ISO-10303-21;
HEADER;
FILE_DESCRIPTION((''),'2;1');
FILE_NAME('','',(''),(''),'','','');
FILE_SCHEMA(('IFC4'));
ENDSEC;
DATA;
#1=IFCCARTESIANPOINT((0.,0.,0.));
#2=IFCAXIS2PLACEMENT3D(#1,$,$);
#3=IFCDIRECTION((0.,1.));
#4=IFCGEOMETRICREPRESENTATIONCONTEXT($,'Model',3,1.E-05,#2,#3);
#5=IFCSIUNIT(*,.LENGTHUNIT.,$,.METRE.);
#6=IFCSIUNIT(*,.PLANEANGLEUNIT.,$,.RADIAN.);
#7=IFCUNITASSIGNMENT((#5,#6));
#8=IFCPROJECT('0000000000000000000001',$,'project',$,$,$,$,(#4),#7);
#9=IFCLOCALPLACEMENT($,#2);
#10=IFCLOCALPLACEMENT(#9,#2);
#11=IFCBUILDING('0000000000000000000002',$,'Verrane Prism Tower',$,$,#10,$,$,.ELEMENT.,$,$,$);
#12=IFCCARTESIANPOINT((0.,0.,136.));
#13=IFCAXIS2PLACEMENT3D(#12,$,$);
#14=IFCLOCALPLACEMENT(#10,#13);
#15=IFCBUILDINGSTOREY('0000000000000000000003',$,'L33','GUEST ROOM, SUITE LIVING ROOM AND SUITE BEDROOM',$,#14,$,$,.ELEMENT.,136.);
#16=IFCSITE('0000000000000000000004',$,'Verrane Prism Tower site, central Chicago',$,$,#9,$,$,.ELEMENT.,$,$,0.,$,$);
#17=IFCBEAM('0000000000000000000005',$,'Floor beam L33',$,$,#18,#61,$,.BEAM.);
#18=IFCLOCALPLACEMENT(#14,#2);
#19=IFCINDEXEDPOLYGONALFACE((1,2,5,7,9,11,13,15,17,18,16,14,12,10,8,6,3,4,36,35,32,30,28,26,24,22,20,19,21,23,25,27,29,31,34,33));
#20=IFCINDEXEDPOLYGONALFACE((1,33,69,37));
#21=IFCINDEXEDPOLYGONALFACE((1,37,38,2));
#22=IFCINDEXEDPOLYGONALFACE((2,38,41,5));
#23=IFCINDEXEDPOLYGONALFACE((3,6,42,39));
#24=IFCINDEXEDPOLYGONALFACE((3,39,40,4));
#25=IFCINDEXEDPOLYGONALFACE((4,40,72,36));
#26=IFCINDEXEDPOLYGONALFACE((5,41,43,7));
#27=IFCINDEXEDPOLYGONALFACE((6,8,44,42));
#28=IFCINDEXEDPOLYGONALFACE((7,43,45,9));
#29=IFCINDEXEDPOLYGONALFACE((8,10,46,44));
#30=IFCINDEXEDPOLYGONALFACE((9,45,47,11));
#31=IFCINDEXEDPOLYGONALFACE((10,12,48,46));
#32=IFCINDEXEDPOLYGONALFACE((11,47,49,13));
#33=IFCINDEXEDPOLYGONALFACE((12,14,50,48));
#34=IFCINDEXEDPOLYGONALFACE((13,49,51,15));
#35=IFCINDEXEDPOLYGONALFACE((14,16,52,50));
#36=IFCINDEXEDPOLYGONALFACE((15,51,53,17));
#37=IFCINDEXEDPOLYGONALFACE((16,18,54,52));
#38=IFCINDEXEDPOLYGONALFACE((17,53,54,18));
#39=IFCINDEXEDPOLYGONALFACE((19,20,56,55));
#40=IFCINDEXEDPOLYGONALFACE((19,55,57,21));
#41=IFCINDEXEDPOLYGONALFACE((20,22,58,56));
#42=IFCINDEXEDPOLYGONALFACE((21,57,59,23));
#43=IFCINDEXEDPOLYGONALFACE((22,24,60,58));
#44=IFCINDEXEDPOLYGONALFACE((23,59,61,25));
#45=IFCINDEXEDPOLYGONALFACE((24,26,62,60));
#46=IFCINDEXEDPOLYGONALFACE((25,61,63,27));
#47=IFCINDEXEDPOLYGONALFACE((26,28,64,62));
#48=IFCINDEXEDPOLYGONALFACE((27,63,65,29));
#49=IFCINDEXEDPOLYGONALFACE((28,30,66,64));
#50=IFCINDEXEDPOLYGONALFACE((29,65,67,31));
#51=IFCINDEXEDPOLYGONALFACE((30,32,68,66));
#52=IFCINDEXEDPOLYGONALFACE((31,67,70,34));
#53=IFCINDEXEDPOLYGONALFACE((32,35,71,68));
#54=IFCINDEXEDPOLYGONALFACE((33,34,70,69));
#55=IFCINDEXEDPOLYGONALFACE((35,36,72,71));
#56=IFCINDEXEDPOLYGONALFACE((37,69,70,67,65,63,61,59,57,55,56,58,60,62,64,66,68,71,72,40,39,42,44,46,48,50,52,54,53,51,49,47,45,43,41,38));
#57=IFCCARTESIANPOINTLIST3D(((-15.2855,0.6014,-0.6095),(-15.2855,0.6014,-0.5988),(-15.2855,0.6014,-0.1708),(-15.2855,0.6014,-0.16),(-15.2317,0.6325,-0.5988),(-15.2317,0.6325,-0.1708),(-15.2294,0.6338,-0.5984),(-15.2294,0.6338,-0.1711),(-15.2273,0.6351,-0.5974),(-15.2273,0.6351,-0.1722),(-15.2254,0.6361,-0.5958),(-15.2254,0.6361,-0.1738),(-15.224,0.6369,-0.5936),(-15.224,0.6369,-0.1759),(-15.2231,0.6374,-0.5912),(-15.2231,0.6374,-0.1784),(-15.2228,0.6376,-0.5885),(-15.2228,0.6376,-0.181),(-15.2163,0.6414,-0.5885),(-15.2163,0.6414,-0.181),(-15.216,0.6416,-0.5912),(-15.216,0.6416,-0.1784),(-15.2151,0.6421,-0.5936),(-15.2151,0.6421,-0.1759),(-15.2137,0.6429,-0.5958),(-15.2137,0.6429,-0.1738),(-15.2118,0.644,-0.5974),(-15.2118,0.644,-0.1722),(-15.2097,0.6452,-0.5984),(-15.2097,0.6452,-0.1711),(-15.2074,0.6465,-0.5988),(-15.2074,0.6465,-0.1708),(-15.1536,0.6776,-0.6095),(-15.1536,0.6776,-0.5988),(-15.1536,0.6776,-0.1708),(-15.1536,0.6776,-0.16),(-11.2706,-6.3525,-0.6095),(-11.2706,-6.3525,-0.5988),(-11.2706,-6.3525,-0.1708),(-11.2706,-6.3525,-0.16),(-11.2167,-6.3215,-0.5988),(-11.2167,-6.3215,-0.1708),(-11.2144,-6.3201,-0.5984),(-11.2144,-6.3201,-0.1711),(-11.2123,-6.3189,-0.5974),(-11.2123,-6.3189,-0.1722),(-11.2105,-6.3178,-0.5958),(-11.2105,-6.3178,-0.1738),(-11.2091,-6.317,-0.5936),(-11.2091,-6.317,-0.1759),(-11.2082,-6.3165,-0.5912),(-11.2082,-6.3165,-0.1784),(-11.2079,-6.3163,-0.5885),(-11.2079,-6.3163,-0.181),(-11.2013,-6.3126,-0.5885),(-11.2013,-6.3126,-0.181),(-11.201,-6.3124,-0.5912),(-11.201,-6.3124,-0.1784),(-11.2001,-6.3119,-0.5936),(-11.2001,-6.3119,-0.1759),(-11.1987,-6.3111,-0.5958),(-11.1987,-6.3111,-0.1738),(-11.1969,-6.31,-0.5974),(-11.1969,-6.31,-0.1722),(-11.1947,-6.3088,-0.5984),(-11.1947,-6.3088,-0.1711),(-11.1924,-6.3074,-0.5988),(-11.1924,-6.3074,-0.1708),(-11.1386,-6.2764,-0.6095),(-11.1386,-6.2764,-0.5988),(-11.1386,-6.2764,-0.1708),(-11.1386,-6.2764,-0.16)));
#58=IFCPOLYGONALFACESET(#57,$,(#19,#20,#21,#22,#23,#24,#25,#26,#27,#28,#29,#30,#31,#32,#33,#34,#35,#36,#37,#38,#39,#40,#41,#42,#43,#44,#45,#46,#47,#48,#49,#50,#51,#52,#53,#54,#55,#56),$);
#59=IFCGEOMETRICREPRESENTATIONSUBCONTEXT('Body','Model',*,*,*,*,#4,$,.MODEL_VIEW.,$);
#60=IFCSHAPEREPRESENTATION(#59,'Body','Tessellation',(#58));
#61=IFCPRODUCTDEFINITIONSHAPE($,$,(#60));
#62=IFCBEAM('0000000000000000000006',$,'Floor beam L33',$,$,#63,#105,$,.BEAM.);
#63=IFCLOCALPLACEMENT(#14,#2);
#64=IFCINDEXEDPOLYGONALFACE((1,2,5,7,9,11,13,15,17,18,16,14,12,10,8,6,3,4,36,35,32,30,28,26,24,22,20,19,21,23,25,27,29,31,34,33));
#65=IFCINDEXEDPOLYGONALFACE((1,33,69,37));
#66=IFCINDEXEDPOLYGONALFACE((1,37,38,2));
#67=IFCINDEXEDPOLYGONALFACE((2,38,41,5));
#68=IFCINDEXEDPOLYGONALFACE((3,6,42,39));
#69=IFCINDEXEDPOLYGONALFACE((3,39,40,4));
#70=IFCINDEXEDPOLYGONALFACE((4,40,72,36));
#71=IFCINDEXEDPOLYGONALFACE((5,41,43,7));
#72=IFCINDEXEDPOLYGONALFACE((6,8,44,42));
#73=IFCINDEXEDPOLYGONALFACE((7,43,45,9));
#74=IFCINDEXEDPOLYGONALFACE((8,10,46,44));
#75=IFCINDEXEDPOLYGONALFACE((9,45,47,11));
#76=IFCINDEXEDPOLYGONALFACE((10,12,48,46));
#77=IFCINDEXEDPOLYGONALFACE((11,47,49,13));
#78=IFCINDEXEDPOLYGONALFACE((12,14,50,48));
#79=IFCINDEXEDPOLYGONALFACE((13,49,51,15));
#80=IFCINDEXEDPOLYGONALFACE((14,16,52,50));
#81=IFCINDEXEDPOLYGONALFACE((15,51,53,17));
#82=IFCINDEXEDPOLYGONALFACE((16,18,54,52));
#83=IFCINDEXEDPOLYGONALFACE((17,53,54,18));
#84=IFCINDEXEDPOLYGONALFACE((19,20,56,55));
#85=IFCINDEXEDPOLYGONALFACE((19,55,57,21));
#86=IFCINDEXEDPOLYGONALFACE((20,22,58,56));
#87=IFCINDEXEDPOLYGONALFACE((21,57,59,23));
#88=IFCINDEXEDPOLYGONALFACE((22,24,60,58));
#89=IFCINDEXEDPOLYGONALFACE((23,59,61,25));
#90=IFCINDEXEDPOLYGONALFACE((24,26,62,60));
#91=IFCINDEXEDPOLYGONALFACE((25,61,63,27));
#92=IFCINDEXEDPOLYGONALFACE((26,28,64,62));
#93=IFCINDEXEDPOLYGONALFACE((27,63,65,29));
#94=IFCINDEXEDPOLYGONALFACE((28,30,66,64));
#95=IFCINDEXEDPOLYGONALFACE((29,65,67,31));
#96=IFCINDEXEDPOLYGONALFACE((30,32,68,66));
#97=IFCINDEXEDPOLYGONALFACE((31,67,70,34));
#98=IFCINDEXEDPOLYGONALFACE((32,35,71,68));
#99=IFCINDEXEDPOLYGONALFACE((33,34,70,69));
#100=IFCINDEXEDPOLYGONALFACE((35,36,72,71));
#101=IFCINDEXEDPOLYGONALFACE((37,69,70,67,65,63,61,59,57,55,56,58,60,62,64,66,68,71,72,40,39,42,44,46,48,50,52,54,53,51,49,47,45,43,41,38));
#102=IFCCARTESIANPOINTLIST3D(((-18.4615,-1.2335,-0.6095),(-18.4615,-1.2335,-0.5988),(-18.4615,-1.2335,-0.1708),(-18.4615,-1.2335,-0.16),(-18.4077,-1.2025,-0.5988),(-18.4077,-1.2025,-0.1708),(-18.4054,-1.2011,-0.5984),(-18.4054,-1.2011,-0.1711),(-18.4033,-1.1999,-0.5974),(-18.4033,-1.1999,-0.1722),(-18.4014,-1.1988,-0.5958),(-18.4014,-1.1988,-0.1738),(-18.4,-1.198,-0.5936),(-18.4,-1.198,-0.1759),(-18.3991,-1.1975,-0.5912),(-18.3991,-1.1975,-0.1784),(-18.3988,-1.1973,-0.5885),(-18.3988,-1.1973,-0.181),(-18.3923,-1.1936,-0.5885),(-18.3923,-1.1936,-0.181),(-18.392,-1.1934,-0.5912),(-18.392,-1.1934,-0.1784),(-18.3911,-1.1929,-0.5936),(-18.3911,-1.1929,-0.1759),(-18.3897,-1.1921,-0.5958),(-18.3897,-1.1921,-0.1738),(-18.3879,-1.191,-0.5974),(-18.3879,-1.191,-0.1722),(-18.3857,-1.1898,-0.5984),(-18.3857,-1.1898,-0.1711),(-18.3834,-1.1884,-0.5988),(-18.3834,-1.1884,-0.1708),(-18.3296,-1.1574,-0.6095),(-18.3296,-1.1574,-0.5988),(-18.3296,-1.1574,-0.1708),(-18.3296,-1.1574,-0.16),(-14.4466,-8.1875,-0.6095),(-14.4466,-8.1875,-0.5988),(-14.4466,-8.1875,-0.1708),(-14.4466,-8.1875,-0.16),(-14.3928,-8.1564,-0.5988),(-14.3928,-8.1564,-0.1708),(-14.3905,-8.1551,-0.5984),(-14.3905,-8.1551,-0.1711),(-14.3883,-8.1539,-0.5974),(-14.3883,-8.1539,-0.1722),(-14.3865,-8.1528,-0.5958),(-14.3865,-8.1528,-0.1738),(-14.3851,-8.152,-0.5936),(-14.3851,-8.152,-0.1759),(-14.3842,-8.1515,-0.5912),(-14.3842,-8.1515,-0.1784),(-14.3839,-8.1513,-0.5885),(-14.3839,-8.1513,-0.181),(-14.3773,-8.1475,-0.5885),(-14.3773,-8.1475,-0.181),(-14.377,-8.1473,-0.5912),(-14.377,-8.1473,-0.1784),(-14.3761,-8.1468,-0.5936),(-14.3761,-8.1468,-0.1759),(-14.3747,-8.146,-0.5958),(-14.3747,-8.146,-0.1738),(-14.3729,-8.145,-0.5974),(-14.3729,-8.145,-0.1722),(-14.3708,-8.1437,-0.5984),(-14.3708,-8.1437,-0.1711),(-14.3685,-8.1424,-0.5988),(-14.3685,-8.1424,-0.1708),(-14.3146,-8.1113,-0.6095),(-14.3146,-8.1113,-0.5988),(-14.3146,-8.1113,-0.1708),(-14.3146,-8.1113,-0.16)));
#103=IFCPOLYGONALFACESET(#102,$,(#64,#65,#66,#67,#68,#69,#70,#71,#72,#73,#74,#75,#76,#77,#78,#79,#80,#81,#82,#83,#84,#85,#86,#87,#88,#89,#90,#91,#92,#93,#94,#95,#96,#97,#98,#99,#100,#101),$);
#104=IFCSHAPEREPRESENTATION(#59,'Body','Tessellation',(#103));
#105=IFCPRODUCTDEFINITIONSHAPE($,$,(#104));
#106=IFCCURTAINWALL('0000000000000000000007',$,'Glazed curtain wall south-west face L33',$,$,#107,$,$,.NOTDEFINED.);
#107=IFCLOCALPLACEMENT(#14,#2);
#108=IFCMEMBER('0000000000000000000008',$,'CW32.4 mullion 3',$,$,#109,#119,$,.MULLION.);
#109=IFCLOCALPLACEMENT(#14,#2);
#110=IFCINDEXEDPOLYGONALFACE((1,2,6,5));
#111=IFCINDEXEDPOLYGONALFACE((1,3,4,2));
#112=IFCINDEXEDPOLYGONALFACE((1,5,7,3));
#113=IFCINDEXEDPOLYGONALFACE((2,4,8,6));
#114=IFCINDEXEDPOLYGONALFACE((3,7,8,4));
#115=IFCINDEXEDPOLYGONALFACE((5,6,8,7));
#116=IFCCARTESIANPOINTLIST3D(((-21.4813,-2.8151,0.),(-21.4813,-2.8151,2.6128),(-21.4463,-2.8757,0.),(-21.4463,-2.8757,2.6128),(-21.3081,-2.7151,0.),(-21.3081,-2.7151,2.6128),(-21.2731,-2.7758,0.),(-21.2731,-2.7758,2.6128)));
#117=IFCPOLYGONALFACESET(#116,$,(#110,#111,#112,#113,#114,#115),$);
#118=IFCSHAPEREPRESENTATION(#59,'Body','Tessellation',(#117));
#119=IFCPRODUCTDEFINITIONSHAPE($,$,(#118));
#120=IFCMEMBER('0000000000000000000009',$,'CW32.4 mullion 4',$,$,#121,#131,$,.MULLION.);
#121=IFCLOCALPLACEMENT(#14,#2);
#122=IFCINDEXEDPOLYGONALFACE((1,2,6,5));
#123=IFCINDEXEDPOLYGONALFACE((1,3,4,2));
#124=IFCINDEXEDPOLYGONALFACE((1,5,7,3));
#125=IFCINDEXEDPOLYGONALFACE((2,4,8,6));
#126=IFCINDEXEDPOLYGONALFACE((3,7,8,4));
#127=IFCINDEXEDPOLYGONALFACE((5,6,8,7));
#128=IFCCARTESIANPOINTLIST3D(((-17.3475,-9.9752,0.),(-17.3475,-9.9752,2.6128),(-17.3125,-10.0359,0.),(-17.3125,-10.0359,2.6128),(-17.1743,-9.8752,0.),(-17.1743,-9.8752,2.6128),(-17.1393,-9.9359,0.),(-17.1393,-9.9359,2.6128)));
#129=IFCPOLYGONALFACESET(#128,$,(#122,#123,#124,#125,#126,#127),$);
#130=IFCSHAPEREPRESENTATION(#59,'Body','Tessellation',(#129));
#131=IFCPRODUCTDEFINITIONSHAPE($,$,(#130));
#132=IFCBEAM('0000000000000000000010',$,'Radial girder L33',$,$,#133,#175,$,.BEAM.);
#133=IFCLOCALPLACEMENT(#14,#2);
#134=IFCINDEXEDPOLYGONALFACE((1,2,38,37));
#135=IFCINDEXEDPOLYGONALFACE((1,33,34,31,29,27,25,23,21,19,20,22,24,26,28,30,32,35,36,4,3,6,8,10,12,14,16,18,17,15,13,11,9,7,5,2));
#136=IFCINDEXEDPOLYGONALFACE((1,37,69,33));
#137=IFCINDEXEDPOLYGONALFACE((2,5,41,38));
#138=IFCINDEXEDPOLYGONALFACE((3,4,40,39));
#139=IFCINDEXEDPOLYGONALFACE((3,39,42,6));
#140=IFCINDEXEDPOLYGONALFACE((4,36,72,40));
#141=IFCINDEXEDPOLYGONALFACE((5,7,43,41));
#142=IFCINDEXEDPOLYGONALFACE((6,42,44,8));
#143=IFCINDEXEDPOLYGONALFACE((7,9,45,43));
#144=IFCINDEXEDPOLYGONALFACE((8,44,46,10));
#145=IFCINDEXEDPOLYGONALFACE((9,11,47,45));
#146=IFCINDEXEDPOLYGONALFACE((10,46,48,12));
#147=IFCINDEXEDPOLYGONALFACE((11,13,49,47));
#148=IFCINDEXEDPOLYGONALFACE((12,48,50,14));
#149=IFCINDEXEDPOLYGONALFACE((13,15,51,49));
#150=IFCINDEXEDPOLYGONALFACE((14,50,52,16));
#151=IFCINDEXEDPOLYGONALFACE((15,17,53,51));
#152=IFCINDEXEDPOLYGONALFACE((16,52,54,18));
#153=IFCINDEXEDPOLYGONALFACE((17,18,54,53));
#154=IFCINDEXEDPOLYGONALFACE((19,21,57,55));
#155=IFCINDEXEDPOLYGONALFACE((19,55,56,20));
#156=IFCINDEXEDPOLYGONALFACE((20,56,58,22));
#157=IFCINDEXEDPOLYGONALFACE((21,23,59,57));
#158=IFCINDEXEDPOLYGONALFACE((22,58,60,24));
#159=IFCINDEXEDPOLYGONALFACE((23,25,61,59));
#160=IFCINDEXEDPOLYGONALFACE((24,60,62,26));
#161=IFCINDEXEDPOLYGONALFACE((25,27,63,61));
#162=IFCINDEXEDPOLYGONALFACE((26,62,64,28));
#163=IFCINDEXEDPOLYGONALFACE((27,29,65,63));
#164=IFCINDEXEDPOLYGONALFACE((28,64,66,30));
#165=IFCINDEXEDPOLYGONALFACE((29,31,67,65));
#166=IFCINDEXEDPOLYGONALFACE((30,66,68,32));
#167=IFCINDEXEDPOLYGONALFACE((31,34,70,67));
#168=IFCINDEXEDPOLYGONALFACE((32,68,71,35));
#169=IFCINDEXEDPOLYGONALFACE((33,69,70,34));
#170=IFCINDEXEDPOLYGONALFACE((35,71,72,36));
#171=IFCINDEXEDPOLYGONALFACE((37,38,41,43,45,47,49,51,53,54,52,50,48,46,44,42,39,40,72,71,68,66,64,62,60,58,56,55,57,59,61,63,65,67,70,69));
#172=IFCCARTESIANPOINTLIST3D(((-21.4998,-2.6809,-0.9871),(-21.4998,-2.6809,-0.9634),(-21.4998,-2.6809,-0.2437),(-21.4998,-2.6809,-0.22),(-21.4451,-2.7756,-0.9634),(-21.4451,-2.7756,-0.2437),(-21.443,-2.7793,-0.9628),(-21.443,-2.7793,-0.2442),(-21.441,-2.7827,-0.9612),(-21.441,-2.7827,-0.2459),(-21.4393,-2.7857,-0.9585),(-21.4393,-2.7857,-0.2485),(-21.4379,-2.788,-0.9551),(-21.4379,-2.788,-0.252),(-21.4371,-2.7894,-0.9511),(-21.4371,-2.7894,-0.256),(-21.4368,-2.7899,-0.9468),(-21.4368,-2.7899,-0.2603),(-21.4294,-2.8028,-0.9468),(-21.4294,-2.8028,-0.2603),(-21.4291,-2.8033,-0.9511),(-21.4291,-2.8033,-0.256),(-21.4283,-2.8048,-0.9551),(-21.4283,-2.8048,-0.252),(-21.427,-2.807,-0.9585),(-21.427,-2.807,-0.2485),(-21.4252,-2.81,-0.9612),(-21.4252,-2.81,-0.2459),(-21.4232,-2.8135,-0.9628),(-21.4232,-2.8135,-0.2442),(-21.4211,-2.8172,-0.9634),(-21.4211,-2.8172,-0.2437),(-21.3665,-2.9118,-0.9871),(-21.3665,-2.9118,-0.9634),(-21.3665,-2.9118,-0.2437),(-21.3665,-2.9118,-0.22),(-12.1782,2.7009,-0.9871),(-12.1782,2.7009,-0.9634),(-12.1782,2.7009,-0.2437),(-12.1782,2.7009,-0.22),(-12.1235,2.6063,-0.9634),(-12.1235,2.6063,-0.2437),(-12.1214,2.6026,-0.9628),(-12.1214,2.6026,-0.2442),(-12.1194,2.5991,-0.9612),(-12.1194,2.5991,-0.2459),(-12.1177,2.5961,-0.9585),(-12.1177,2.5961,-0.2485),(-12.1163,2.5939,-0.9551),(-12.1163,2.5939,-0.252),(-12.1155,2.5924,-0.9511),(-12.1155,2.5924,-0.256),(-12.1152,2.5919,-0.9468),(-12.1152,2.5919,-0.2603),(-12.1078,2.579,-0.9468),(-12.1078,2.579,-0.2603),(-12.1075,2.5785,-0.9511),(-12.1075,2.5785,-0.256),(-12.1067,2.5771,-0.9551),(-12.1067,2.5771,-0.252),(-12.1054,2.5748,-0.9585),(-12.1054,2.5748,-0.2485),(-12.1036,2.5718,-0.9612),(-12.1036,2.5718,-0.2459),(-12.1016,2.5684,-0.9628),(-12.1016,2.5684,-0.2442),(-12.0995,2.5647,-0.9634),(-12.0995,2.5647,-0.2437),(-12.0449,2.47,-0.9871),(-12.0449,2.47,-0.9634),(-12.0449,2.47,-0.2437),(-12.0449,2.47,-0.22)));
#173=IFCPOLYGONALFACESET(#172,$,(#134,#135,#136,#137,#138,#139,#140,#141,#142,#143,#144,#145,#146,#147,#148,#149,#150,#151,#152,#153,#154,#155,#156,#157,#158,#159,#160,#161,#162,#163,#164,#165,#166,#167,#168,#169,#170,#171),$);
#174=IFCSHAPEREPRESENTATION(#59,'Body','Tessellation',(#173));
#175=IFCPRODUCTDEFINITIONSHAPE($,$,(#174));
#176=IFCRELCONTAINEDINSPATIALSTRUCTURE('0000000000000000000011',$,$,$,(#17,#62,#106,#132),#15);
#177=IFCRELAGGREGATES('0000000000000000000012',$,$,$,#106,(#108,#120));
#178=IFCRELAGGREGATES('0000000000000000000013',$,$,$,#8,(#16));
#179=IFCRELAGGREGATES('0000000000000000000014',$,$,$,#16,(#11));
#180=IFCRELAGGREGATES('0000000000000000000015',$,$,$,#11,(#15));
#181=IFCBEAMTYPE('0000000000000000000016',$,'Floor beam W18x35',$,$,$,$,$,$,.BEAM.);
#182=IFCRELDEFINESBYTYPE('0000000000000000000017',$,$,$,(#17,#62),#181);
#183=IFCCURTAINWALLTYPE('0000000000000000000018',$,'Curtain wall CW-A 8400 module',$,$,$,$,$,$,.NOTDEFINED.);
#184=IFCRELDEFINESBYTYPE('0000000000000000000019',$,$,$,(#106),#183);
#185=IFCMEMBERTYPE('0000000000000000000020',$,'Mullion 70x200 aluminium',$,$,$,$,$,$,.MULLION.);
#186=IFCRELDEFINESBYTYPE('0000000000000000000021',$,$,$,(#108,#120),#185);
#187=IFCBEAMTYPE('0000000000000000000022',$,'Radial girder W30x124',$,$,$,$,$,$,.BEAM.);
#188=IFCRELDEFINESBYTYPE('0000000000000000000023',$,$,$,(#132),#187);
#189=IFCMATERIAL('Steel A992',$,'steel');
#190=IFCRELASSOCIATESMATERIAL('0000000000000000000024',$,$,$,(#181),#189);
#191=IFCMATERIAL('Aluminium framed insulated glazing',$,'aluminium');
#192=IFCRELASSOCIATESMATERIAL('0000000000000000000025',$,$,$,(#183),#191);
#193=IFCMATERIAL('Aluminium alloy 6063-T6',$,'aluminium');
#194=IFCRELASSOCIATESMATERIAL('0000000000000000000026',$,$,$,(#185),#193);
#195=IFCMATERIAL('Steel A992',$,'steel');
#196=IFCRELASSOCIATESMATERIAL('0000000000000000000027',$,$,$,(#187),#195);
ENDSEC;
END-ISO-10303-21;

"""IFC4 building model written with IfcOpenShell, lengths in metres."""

from ifc_helpers import new_model, si_unit, direction, frame, origin, origin_2d, place, context, subcontext, project, spatial, rectangle, i_section, extrude, material, material_profile, profile_set, type_object, element, aggregate, save


model = new_model("IFC4")

# Units and contexts
model_context = context("Model", 3, precision=1e-05, world=origin(), true_north=direction((0.0, 1.0)))
body_context = subcontext(model_context, "Body", "Model", "MODEL_VIEW")
ifc_project = project(units=[si_unit("LENGTHUNIT", "METRE"), si_unit("PLANEANGLEUNIT", "RADIAN")], contexts=[model_context])

# Site, building, storey
site_placement = place(None, origin())
site = spatial("IfcSite", under=ifc_project, at=site_placement, Name="Verrane Prism Tower site, central Chicago", CompositionType="ELEMENT", RefElevation=0.0)
building_placement = place(site_placement, origin())
building = spatial("IfcBuilding", under=site, at=building_placement, Name="Verrane Prism Tower", CompositionType="ELEMENT")
storey_placement = place(building_placement, frame((0.0, 0.0, 136.0)))
storey = spatial("IfcBuildingStorey", under=building, at=storey_placement, Name="L33", Description="GUEST ROOM, SUITE LIVING ROOM AND SUITE BEDROOM", CompositionType="ELEMENT", Elevation=136.0)

# Beams
ifc_material_1 = material(Name="Steel A992", Category="steel")
ifc_material_profile_1 = material_profile(ifc_material_1, i_section(OverallWidth=0.1523, OverallDepth=0.4495, WebThickness=0.0076, FlangeThickness=0.0107, FilletRadius=0.0103, at=origin_2d()), Name="W18x35")
ifc_profile_set_1 = profile_set([ifc_material_profile_1], Name="Steel A992")
beam_type_1 = type_object("IfcBeamType", Name="Floor beam W18x35", PredefinedType="BEAM", material=ifc_profile_set_1)
for number, where, z_axis, x_axis, name in (
    (1, (-11.2046, -6.3145, -0.3848), (-0.500008, 0.866021, 0.0), (-0.866021, -0.500008, 0.0), "Floor beam L33"),
    (2, (-14.3806, -8.1494, -0.3848), (-0.500008, 0.866021, 0.0), (-0.866021, -0.500008, 0.0), "Floor beam L33"),
):
    element("IfcBeam", number, at=place(storey_placement, frame(where, z_axis=z_axis, x_axis=x_axis)), inside=storey, type_object=beam_type_1, Name=name, PredefinedType="BEAM", context=body_context, shape_type="SweptSolid", body=[
        extrude(i_section(OverallWidth=0.1523, OverallDepth=0.4495, WebThickness=0.0076, FlangeThickness=0.0107, FilletRadius=0.0103, at=origin_2d()), origin(), (0.0, 0.0, 1.0), 8.0298),
    ])

# Curtain wall, members
ifc_material_2 = material(Name="Aluminium framed insulated glazing", Category="aluminium")
curtain_wall_type = type_object("IfcCurtainWallType", Name="Curtain wall CW-A 8400 module", PredefinedType="NOTDEFINED", material=ifc_material_2)
curtain_wall_placement = place(storey_placement, origin())
curtain_wall = element("IfcCurtainWall", 3, at=curtain_wall_placement, inside=storey, type_object=curtain_wall_type, Name="Glazed curtain wall south-west face L33", PredefinedType="NOTDEFINED")
ifc_material_3 = material(Name="Aluminium alloy 6063-T6", Category="aluminium")
ifc_material_profile_2 = material_profile(ifc_material_3, rectangle(XDim=0.2, YDim=0.0701, at=origin_2d()), Name="Mullion 70x200 aluminium")
ifc_profile_set_2 = profile_set([ifc_material_profile_2], Name="Aluminium alloy 6063-T6")
member_type_1 = type_object("IfcMemberType", Name="Mullion 70x200 aluminium", PredefinedType="MULLION", material=ifc_profile_set_2)
member_1_placement = place(storey_placement, frame((-21.3772, -2.7954, 0.0), z_axis=(0.0, 0.0, 1.0), x_axis=(0.866025, 0.5, 0.0)))
member_1 = element("IfcMember", 4, at=member_1_placement, type_object=member_type_1, Name="CW32.4 mullion 3", PredefinedType="MULLION", context=body_context, shape_type="SweptSolid", body=[
    extrude(rectangle(XDim=0.2, YDim=0.0701, at=origin_2d()), origin(), (0.0, 0.0, 1.0), 2.6128),
])
member_2_placement = place(storey_placement, frame((-17.2434, -9.9556, 0.0), z_axis=(0.0, 0.0, 1.0), x_axis=(0.866025, 0.5, 0.0)))
member_2 = element("IfcMember", 5, at=member_2_placement, type_object=member_type_1, Name="CW32.4 mullion 4", PredefinedType="MULLION", context=body_context, shape_type="SweptSolid", body=[
    extrude(rectangle(XDim=0.2, YDim=0.0701, at=origin_2d()), origin(), (0.0, 0.0, 1.0), 2.6128),
])

# Beam
ifc_material_4 = material(Name="Steel A992", Category="steel")
ifc_material_profile_3 = material_profile(ifc_material_4, i_section(OverallWidth=0.2666, OverallDepth=0.7671, WebThickness=0.0149, FlangeThickness=0.0237, FilletRadius=0.0166, at=origin_2d()), Name="W30x124")
ifc_profile_set_3 = profile_set([ifc_material_profile_3], Name="Steel A992")
beam_type_2 = type_object("IfcBeamType", Name="Radial girder W30x124", PredefinedType="BEAM", material=ifc_profile_set_3)
beam_1_placement = place(storey_placement, frame((-21.4331, -2.7964, -0.6035), z_axis=(0.866024, 0.500003, 0.0), x_axis=(-0.500003, 0.866024, 0.0)))
element("IfcBeam", 6, at=beam_1_placement, inside=storey, type_object=beam_type_2, Name="Radial girder L33", PredefinedType="BEAM", context=body_context, shape_type="SweptSolid", body=[
    extrude(i_section(OverallWidth=0.2666, OverallDepth=0.7671, WebThickness=0.0149, FlangeThickness=0.0237, FilletRadius=0.0166, at=origin_2d()), origin(), (0.0, 0.0, 1.0), 10.7637),
])

aggregate(curtain_wall, [member_1, member_2])

save(model, "model.ifc")
